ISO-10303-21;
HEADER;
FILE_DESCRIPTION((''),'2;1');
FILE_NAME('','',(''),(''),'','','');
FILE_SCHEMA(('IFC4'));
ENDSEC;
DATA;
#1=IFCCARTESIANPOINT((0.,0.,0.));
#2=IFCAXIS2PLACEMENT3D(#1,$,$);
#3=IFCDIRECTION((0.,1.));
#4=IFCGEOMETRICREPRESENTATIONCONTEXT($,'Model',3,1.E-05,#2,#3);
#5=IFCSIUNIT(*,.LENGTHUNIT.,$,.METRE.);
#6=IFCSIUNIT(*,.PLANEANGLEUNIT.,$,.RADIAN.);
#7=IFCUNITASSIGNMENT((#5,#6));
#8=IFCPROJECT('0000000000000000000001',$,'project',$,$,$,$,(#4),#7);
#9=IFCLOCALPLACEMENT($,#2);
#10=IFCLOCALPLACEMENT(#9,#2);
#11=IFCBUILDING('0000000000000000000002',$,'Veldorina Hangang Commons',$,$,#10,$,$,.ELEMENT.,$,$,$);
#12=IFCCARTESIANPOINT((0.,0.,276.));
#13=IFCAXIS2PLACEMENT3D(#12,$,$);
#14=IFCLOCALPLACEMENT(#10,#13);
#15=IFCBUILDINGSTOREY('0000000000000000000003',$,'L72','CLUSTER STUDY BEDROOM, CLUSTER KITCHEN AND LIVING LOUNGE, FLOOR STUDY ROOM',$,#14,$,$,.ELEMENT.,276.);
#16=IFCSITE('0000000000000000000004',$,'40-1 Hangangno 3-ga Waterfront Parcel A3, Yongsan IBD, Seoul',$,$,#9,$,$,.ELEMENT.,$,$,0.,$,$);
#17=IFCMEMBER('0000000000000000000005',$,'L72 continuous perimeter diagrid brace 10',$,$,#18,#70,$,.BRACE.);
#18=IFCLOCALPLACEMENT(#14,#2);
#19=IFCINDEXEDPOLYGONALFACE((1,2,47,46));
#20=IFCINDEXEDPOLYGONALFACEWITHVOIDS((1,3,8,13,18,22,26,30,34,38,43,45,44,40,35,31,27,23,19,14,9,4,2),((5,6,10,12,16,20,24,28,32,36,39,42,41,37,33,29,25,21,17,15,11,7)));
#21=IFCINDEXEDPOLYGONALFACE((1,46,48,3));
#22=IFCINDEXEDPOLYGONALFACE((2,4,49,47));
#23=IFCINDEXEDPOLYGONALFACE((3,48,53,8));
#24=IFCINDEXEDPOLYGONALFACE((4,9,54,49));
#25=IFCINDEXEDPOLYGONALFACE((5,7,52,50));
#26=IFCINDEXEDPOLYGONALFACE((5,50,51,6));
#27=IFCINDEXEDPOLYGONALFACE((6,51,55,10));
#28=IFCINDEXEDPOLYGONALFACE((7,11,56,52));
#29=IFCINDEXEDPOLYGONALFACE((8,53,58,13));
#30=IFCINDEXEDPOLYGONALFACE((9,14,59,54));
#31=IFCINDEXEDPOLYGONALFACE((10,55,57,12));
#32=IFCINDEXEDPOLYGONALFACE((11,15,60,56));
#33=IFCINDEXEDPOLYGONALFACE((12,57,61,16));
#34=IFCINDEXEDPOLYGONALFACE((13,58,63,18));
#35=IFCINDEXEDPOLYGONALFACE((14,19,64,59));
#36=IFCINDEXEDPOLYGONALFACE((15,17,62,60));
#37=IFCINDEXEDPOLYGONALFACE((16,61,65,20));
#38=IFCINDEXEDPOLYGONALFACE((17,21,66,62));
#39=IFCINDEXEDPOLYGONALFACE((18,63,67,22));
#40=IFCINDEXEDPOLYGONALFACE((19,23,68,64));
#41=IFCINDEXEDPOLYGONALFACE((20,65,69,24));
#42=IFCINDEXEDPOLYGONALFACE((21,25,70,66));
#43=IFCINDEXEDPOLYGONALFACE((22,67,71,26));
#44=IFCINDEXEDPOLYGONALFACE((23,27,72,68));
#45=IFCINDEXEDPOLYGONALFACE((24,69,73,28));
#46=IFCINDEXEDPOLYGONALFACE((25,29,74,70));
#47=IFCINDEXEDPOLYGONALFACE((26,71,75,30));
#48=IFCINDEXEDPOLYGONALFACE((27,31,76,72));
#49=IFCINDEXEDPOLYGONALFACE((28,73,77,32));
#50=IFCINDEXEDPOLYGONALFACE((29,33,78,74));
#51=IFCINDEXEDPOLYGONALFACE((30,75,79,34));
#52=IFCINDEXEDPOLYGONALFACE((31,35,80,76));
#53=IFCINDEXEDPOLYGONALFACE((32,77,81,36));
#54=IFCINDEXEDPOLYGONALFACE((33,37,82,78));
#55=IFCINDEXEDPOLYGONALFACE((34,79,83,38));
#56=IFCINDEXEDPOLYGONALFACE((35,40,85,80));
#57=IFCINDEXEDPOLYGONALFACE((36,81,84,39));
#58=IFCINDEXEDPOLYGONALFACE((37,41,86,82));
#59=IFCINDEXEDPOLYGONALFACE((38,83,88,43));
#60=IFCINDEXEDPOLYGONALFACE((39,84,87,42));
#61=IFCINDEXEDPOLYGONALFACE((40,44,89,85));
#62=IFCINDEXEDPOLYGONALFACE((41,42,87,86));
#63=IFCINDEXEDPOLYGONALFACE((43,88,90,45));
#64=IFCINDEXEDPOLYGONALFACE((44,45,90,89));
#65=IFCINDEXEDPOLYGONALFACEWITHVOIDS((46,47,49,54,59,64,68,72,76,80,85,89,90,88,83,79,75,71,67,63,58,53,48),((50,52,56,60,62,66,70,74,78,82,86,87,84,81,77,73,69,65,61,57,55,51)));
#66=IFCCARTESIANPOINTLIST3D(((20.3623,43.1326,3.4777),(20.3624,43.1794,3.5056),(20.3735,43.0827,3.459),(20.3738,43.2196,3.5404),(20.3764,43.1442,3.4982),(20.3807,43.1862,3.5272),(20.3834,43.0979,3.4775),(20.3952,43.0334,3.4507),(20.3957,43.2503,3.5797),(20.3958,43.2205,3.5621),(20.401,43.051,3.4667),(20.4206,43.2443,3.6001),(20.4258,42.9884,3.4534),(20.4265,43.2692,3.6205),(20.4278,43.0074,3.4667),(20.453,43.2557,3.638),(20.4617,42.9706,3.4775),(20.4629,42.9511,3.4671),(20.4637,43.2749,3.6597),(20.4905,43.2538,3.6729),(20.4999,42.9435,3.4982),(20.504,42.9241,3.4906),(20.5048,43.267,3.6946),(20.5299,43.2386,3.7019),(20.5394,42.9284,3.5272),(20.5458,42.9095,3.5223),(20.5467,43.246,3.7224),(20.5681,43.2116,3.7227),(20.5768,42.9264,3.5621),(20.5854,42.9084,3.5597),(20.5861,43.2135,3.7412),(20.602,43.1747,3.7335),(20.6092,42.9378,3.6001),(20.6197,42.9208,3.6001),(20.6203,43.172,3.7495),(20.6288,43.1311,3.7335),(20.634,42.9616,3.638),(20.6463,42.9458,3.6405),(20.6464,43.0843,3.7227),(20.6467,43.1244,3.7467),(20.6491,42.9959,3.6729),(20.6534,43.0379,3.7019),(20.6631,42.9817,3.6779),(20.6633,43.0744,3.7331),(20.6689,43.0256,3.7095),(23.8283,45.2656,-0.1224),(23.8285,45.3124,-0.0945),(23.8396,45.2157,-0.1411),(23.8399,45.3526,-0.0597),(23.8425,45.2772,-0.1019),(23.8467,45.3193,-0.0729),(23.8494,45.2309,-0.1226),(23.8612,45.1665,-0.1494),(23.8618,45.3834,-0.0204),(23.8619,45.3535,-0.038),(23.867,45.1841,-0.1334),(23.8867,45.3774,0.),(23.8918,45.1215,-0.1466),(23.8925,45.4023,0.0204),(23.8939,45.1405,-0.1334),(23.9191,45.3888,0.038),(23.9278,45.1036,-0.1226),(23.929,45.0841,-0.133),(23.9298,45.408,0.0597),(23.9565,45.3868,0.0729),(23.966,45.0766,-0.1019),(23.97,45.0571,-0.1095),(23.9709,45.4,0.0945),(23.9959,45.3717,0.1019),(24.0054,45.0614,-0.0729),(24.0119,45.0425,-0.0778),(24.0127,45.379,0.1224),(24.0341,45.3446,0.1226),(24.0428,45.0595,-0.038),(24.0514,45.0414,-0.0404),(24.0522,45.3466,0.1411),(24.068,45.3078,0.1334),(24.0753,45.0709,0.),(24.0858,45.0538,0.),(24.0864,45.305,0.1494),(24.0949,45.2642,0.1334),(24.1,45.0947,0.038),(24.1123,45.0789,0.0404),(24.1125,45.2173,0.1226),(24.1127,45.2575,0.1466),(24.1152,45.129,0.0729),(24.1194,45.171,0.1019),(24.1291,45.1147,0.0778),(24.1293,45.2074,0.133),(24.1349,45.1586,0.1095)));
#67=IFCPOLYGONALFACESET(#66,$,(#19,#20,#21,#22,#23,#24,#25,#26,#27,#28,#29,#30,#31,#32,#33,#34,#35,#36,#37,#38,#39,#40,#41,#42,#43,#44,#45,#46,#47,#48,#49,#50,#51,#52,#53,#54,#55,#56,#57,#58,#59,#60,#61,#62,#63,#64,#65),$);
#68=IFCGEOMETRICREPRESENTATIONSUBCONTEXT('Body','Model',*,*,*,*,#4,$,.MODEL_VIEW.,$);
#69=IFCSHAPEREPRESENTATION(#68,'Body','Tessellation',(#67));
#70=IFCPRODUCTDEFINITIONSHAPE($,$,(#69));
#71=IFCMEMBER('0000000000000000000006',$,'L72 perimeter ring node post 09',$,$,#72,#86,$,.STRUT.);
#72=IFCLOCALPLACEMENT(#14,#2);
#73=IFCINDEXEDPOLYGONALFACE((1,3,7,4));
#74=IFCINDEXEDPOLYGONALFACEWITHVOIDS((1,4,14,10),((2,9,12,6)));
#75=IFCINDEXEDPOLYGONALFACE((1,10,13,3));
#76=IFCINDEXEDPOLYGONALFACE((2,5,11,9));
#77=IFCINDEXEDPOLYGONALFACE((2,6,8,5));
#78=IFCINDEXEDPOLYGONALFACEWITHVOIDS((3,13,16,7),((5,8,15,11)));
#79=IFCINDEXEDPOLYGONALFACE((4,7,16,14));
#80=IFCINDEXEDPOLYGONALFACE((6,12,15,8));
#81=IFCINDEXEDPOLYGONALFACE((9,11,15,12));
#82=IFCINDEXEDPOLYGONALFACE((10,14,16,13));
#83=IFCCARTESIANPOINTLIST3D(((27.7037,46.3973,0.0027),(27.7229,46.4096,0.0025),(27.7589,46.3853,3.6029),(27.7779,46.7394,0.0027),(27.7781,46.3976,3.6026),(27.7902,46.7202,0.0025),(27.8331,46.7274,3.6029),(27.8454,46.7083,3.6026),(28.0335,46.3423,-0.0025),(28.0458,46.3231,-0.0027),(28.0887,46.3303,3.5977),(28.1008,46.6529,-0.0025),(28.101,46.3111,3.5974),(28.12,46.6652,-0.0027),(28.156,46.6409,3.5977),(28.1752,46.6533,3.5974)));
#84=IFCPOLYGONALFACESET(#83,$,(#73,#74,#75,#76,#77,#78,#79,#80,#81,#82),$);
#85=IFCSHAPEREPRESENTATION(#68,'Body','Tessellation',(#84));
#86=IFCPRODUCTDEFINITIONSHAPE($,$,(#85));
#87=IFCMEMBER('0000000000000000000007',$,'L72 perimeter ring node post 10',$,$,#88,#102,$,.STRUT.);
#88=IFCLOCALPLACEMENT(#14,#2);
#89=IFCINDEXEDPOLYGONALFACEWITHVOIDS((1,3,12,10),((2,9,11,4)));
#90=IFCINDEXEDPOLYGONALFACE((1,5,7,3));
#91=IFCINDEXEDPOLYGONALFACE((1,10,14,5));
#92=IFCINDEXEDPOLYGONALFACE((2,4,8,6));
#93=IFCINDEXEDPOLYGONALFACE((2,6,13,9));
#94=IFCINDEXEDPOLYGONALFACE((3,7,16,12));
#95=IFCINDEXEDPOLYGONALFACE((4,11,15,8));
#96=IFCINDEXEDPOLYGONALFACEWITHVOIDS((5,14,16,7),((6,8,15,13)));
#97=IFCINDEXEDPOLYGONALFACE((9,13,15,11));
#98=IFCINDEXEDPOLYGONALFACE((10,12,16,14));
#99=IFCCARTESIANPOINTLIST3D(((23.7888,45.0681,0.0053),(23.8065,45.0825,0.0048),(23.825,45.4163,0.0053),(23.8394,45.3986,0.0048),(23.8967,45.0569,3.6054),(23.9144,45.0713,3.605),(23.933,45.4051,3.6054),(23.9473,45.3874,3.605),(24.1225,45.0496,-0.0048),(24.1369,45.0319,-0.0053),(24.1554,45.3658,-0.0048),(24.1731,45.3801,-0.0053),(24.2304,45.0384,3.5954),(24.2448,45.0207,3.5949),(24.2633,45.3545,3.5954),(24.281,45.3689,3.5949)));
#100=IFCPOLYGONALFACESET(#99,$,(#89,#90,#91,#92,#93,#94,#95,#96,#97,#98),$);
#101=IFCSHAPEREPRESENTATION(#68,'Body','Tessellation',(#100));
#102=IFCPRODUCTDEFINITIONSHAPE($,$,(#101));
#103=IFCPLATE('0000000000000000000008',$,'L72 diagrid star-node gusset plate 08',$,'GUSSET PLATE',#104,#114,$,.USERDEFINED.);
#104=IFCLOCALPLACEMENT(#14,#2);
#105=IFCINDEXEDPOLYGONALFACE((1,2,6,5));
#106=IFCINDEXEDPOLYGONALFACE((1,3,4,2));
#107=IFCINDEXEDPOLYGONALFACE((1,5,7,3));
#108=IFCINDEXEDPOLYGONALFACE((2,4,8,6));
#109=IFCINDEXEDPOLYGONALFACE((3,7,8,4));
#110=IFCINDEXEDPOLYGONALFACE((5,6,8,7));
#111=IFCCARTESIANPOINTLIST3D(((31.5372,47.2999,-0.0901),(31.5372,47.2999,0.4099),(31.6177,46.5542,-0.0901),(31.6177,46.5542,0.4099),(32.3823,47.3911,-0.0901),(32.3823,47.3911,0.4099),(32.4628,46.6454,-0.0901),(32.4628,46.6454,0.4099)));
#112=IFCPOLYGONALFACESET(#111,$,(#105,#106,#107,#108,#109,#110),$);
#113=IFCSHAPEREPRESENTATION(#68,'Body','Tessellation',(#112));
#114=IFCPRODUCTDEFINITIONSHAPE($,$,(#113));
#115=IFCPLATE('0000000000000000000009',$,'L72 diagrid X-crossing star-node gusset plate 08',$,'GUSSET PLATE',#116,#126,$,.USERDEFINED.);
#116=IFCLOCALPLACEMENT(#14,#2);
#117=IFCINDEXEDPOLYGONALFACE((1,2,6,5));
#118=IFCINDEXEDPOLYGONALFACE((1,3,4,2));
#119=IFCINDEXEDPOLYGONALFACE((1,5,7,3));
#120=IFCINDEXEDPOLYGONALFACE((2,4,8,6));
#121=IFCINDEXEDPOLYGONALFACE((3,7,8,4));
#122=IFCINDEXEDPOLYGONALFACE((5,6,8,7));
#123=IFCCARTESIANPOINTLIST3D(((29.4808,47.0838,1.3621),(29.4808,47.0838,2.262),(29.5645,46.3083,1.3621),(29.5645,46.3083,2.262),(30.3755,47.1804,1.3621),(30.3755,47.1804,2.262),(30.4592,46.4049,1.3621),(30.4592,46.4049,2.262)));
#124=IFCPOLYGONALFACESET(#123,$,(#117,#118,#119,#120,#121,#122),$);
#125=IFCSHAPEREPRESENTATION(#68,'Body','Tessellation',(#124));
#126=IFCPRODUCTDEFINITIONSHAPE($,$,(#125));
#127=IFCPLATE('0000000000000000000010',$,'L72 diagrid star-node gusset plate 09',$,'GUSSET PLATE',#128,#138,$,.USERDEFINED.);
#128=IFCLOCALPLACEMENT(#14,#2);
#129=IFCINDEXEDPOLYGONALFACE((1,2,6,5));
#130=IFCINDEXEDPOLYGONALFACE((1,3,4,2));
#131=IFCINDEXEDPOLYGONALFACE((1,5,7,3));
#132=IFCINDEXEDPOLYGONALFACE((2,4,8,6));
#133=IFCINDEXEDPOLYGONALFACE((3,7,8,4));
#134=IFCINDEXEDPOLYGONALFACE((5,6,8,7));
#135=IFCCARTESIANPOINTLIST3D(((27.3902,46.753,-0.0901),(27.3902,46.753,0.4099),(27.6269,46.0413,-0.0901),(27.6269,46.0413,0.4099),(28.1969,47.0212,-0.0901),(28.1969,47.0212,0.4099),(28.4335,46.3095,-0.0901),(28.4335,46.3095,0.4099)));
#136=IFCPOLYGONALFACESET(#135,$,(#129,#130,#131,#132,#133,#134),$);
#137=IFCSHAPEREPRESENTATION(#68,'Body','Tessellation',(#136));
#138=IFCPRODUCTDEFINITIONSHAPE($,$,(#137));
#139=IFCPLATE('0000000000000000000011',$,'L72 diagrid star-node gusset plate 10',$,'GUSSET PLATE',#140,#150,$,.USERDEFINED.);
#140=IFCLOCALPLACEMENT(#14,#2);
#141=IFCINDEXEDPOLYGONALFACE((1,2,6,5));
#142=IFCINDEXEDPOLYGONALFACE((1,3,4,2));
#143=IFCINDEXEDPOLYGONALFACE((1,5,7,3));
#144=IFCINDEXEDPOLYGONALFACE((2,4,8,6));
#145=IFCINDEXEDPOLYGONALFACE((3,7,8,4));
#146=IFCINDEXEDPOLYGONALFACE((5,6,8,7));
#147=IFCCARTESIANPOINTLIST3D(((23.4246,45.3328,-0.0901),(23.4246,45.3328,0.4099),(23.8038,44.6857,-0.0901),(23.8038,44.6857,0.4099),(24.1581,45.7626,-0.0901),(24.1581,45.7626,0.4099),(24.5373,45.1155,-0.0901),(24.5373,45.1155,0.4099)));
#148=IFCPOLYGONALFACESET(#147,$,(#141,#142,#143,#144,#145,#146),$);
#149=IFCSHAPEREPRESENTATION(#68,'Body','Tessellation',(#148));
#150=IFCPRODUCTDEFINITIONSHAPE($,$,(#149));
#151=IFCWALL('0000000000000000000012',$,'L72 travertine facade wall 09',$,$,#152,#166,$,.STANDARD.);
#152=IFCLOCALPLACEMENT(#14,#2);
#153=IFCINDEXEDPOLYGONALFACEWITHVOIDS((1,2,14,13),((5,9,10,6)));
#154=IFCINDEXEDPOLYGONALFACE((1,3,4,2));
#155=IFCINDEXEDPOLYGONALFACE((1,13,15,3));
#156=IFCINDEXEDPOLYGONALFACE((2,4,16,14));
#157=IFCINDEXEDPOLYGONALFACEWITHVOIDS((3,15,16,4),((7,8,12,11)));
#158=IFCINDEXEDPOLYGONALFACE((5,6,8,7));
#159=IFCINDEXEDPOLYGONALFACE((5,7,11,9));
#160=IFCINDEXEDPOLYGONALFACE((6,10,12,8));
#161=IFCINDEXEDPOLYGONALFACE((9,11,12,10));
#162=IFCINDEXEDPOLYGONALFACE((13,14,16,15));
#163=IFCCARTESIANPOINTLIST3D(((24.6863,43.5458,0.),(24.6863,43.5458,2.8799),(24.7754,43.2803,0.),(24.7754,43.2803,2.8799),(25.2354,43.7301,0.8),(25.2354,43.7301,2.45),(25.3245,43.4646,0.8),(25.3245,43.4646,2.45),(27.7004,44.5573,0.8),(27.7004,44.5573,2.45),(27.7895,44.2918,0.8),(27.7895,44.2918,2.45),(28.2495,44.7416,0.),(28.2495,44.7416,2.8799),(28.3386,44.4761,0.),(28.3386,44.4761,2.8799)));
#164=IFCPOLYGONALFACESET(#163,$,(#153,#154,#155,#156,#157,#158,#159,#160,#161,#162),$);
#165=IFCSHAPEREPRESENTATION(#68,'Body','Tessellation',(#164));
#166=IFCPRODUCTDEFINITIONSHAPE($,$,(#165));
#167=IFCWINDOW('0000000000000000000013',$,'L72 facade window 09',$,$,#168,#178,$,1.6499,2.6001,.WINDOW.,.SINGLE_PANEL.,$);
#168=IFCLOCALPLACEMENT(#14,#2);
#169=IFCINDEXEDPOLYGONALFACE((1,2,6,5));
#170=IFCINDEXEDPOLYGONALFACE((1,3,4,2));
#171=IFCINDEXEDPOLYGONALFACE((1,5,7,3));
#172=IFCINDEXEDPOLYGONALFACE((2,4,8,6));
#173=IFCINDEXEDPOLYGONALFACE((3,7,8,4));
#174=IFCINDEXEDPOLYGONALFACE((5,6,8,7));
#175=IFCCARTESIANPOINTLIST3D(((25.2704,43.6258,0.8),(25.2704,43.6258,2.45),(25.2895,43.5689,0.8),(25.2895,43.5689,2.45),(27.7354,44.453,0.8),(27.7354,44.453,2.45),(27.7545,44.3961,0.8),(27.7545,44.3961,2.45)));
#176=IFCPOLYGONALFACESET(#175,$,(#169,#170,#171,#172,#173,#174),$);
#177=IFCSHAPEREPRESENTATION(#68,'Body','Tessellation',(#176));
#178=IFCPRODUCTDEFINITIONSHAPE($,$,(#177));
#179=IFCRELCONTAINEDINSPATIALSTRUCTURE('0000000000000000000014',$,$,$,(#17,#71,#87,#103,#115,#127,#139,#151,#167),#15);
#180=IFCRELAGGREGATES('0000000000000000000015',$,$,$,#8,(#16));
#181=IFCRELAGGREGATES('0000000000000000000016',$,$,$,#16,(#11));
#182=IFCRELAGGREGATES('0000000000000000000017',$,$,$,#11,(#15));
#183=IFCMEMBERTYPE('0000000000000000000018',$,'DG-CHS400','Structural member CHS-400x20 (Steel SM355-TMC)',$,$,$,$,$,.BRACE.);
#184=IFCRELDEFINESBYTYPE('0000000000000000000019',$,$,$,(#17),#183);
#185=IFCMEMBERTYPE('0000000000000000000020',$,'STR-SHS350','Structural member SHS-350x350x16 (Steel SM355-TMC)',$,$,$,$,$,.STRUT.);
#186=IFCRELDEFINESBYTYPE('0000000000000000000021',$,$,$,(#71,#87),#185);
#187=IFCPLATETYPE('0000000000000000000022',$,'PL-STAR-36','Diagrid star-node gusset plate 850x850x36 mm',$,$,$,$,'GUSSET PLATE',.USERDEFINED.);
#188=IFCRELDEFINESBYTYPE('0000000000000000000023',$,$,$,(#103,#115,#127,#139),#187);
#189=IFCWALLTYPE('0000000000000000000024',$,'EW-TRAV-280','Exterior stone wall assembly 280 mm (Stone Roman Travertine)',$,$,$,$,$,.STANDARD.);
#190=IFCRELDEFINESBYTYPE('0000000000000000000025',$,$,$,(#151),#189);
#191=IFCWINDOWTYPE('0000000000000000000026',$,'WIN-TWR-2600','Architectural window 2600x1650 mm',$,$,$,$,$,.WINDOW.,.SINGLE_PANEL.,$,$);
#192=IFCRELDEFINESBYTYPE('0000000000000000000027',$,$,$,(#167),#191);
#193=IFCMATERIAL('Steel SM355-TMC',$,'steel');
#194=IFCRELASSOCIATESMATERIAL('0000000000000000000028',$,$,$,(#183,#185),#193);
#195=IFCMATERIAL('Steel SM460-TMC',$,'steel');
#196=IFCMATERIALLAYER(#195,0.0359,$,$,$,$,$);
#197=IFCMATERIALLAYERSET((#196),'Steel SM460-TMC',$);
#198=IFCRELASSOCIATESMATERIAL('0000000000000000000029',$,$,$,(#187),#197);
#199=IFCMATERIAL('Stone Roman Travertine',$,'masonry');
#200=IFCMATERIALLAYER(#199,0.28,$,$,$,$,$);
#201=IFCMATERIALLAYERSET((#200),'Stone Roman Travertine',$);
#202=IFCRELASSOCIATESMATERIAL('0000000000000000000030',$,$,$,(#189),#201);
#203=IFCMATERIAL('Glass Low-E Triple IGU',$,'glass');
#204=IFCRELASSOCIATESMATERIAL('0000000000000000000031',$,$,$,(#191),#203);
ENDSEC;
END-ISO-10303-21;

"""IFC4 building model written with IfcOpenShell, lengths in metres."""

from ifc_helpers import new_model, si_unit, direction, frame, frame_2d, origin, origin_2d, place, context, subcontext, project, spatial, rectangle, hollow_rectangle, hollow_circle, extrude, material, layer, layer_set, material_profile, profile_set, type_object, element, fill, save


model = new_model("IFC4")

# Units and contexts
model_context = context("Model", 3, precision=1e-05, world=origin(), true_north=direction((0.0, 1.0)))
body_context = subcontext(model_context, "Body", "Model", "MODEL_VIEW")
ifc_project = project(units=[si_unit("LENGTHUNIT", "METRE"), si_unit("PLANEANGLEUNIT", "RADIAN")], contexts=[model_context])

# Site, building, storey
site_placement = place(None, origin())
site = spatial("IfcSite", under=ifc_project, at=site_placement, Name="40-1 Hangangno 3-ga Waterfront Parcel A3, Yongsan IBD, Seoul", CompositionType="ELEMENT", RefElevation=0.0)
building_placement = place(site_placement, origin())
building = spatial("IfcBuilding", under=site, at=building_placement, Name="Veldorina Hangang Commons", CompositionType="ELEMENT")
storey_placement = place(building_placement, frame((0.0, 0.0, 276.0)))
storey = spatial("IfcBuildingStorey", under=building, at=storey_placement, Name="L72", Description="CLUSTER STUDY BEDROOM, CLUSTER KITCHEN AND LIVING LOUNGE, FLOOR STUDY ROOM", CompositionType="ELEMENT", Elevation=276.0)

# Shared definitions
ifc_material_1 = material(Name="Steel SM355-TMC", Category="steel")

# Members
ifc_material_profile_1 = material_profile(ifc_material_1, hollow_circle(Radius=0.2, WallThickness=0.02, at=origin_2d()), Name="CHS-400x20")
ifc_profile_set_1 = profile_set([ifc_material_profile_1], Name="Steel SM355-TMC")
member_type_1 = type_object("IfcMemberType", Name="DG-CHS400", Description="Structural member CHS-400x20 (Steel SM355-TMC)", PredefinedType="BRACE", material=ifc_profile_set_1)
member_1_placement = place(storey_placement, frame((23.981, 45.2241, 0.0), z_axis=(-0.637892, -0.392566, 0.66256), x_axis=(0.524114, -0.851648, 0.0)))
element("IfcMember", 1, at=member_1_placement, inside=storey, type_object=member_type_1, Name="L72 continuous perimeter diagrid brace 10", PredefinedType="BRACE", context=body_context, shape_type="SweptSolid", body=[
    extrude(hollow_circle(Radius=0.2, WallThickness=0.02, at=origin_2d()), origin(), (0.0, 0.0, 1.0), 5.4336),
])
ifc_material_profile_2 = material_profile(ifc_material_1, hollow_rectangle(XDim=0.3501, YDim=0.3501, WallThickness=0.0161, at=origin_2d()), Name="SHS-350x350x16")
ifc_profile_set_2 = profile_set([ifc_material_profile_2], Name="Steel SM355-TMC")
member_type_2 = type_object("IfcMemberType", Name="STR-SHS350", Description="Structural member SHS-350x350x16 (Steel SM355-TMC)", PredefinedType="STRUT", material=ifc_profile_set_2)
member_2_placement = place(storey_placement, frame((27.9119, 46.5312, 0.0), z_axis=(0.015324, -0.003323, 0.999877), x_axis=(0.211891, 0.977293, 0.0)))
element("IfcMember", 2, at=member_2_placement, inside=storey, type_object=member_type_2, Name="L72 perimeter ring node post 09", PredefinedType="STRUT", context=body_context, shape_type="SweptSolid", body=[
    extrude(hollow_rectangle(XDim=0.3501, YDim=0.3501, WallThickness=0.0161, at=origin_2d()), origin(), (0.0, 0.0, 1.0), 3.6006),
])
member_3_placement = place(storey_placement, frame((23.981, 45.2241, 0.0), z_axis=(0.029961, -0.003118, 0.999546), x_axis=(0.103513, 0.994628, 0.0)))
element("IfcMember", 3, at=member_3_placement, inside=storey, type_object=member_type_2, Name="L72 perimeter ring node post 10", PredefinedType="STRUT", context=body_context, shape_type="SweptSolid", body=[
    extrude(hollow_rectangle(XDim=0.3501, YDim=0.3501, WallThickness=0.0161, at=origin_2d()), origin(), (0.0, 0.0, 1.0), 3.6018),
])

# Plates
ifc_material_2 = material(Name="Steel SM460-TMC", Category="steel")
ifc_layer_1 = layer(ifc_material_2, 0.0359)
ifc_layer_set_1 = layer_set([ifc_layer_1], Name="Steel SM460-TMC")
plate_type = type_object("IfcPlateType", Name="PL-STAR-36", Description="Diagrid star-node gusset plate 850x850x36 mm", ElementType="GUSSET PLATE", PredefinedType="USERDEFINED", material=ifc_layer_set_1)
plate_1_placement = place(storey_placement, frame((32.0, 46.9727, -0.0901), z_axis=(0.0, 0.0, 1.0), x_axis=(-0.994222, -0.10734, 0.0)))
element("IfcPlate", 4, at=plate_1_placement, inside=storey, type_object=plate_type, Name="L72 diagrid star-node gusset plate 08", ObjectType="GUSSET PLATE", PredefinedType="USERDEFINED", context=body_context, shape_type="SweptSolid", body=[
    extrude(rectangle(XDim=0.8501, YDim=0.75, at=origin_2d()), origin(), (0.0, 0.0, 1.0), 0.5),
])
plate_2_placement = place(storey_placement, frame((29.97, 46.7444, 1.3621), z_axis=(0.0, 0.0, 1.0), x_axis=(-0.994222, -0.10734, 0.0)))
element("IfcPlate", 5, at=plate_2_placement, inside=storey, type_object=plate_type, Name="L72 diagrid X-crossing star-node gusset plate 08", ObjectType="GUSSET PLATE", PredefinedType="USERDEFINED", context=body_context, shape_type="SweptSolid", body=[
    extrude(rectangle(XDim=0.8999, YDim=0.78, at=origin_2d()), origin(), (0.0, 0.0, 1.0), 0.8999),
])
for number, where, z_axis, x_axis, name in (
    (6, (27.9119, 46.5312, -0.0901), (0.0, 0.0, 1.0), (-0.948904, -0.315566, 0.0), "L72 diagrid star-node gusset plate 09"),
    (7, (23.981, 45.2241, -0.0901), (0.0, 0.0, 1.0), (-0.862779, -0.505582, 0.0), "L72 diagrid star-node gusset plate 10"),
):
    element("IfcPlate", number, at=place(storey_placement, frame(where, z_axis=z_axis, x_axis=x_axis)), inside=storey, type_object=plate_type, Name=name, ObjectType="GUSSET PLATE", PredefinedType="USERDEFINED", context=body_context, shape_type="SweptSolid", body=[
        extrude(rectangle(XDim=0.8501, YDim=0.75, at=origin_2d()), origin(), (0.0, 0.0, 1.0), 0.5),
    ])

# Wall, opening, window
ifc_material_3 = material(Name="Stone Roman Travertine", Category="masonry")
ifc_layer_2 = layer(ifc_material_3, 0.28)
ifc_layer_set_2 = layer_set([ifc_layer_2], Name="Stone Roman Travertine")
wall_type_1 = type_object("IfcWallType", Name="EW-TRAV-280", Description="Exterior stone wall assembly 280 mm (Stone Roman Travertine)", PredefinedType="STANDARD", material=ifc_layer_set_2)
wall_1_placement = place(storey_placement, frame((28.2942, 44.6089, 0.0), z_axis=(0.0, 0.0, 1.0), x_axis=(-0.948038, -0.318156, 0.0)))
wall_1 = element("IfcWall", 8, at=wall_1_placement, inside=storey, type_object=wall_type_1, Name="L72 travertine facade wall 09", PredefinedType="STANDARD", context=body_context, shape_type="SweptSolid", body=[
    extrude(rectangle(XDim=3.7585, YDim=0.28, at=frame_2d((1.8794, 0.0))), origin(), (0.0, 0.0, 1.0), 2.8799),
])
opening_1_placement = place(wall_1_placement, frame((0.5793, 0.0, 0.8)))
opening_1 = element("IfcOpeningElement", 9, at=opening_1_placement, cuts=wall_1, PredefinedType="OPENING", context=body_context, shape_type="SweptSolid", body=[
    extrude(rectangle(XDim=2.6001, YDim=1.6499, at=frame_2d((1.3, 0.825))), frame((0.0, 0.1499, 0.0), z_axis=(0.0, -1.0, 0.0), x_axis=(1.0, 0.0, 0.0)), (0.0, 0.0, 1.0), 0.3),
])
ifc_material_4 = material(Name="Glass Low-E Triple IGU", Category="glass")
window_type = type_object("IfcWindowType", Name="WIN-TWR-2600", Description="Architectural window 2600x1650 mm", PartitioningType="SINGLE_PANEL", PredefinedType="WINDOW", material=ifc_material_4)
window_1_placement = place(opening_1_placement, origin())
window_1 = element("IfcWindow", 10, at=window_1_placement, inside=storey, type_object=window_type, Name="L72 facade window 09", OverallHeight=1.6499, OverallWidth=2.6001, PartitioningType="SINGLE_PANEL", PredefinedType="WINDOW", context=body_context, shape_type="SweptSolid", body=[
    extrude(rectangle(XDim=2.6001, YDim=1.6499, at=frame_2d((1.3, 0.825))), frame((0.0, 0.03, 0.0), z_axis=(0.0, -1.0, 0.0), x_axis=(1.0, 0.0, 0.0)), (0.0, 0.0, 1.0), 0.0601),
])
fill(opening_1, window_1)

save(model, "model.ifc")
